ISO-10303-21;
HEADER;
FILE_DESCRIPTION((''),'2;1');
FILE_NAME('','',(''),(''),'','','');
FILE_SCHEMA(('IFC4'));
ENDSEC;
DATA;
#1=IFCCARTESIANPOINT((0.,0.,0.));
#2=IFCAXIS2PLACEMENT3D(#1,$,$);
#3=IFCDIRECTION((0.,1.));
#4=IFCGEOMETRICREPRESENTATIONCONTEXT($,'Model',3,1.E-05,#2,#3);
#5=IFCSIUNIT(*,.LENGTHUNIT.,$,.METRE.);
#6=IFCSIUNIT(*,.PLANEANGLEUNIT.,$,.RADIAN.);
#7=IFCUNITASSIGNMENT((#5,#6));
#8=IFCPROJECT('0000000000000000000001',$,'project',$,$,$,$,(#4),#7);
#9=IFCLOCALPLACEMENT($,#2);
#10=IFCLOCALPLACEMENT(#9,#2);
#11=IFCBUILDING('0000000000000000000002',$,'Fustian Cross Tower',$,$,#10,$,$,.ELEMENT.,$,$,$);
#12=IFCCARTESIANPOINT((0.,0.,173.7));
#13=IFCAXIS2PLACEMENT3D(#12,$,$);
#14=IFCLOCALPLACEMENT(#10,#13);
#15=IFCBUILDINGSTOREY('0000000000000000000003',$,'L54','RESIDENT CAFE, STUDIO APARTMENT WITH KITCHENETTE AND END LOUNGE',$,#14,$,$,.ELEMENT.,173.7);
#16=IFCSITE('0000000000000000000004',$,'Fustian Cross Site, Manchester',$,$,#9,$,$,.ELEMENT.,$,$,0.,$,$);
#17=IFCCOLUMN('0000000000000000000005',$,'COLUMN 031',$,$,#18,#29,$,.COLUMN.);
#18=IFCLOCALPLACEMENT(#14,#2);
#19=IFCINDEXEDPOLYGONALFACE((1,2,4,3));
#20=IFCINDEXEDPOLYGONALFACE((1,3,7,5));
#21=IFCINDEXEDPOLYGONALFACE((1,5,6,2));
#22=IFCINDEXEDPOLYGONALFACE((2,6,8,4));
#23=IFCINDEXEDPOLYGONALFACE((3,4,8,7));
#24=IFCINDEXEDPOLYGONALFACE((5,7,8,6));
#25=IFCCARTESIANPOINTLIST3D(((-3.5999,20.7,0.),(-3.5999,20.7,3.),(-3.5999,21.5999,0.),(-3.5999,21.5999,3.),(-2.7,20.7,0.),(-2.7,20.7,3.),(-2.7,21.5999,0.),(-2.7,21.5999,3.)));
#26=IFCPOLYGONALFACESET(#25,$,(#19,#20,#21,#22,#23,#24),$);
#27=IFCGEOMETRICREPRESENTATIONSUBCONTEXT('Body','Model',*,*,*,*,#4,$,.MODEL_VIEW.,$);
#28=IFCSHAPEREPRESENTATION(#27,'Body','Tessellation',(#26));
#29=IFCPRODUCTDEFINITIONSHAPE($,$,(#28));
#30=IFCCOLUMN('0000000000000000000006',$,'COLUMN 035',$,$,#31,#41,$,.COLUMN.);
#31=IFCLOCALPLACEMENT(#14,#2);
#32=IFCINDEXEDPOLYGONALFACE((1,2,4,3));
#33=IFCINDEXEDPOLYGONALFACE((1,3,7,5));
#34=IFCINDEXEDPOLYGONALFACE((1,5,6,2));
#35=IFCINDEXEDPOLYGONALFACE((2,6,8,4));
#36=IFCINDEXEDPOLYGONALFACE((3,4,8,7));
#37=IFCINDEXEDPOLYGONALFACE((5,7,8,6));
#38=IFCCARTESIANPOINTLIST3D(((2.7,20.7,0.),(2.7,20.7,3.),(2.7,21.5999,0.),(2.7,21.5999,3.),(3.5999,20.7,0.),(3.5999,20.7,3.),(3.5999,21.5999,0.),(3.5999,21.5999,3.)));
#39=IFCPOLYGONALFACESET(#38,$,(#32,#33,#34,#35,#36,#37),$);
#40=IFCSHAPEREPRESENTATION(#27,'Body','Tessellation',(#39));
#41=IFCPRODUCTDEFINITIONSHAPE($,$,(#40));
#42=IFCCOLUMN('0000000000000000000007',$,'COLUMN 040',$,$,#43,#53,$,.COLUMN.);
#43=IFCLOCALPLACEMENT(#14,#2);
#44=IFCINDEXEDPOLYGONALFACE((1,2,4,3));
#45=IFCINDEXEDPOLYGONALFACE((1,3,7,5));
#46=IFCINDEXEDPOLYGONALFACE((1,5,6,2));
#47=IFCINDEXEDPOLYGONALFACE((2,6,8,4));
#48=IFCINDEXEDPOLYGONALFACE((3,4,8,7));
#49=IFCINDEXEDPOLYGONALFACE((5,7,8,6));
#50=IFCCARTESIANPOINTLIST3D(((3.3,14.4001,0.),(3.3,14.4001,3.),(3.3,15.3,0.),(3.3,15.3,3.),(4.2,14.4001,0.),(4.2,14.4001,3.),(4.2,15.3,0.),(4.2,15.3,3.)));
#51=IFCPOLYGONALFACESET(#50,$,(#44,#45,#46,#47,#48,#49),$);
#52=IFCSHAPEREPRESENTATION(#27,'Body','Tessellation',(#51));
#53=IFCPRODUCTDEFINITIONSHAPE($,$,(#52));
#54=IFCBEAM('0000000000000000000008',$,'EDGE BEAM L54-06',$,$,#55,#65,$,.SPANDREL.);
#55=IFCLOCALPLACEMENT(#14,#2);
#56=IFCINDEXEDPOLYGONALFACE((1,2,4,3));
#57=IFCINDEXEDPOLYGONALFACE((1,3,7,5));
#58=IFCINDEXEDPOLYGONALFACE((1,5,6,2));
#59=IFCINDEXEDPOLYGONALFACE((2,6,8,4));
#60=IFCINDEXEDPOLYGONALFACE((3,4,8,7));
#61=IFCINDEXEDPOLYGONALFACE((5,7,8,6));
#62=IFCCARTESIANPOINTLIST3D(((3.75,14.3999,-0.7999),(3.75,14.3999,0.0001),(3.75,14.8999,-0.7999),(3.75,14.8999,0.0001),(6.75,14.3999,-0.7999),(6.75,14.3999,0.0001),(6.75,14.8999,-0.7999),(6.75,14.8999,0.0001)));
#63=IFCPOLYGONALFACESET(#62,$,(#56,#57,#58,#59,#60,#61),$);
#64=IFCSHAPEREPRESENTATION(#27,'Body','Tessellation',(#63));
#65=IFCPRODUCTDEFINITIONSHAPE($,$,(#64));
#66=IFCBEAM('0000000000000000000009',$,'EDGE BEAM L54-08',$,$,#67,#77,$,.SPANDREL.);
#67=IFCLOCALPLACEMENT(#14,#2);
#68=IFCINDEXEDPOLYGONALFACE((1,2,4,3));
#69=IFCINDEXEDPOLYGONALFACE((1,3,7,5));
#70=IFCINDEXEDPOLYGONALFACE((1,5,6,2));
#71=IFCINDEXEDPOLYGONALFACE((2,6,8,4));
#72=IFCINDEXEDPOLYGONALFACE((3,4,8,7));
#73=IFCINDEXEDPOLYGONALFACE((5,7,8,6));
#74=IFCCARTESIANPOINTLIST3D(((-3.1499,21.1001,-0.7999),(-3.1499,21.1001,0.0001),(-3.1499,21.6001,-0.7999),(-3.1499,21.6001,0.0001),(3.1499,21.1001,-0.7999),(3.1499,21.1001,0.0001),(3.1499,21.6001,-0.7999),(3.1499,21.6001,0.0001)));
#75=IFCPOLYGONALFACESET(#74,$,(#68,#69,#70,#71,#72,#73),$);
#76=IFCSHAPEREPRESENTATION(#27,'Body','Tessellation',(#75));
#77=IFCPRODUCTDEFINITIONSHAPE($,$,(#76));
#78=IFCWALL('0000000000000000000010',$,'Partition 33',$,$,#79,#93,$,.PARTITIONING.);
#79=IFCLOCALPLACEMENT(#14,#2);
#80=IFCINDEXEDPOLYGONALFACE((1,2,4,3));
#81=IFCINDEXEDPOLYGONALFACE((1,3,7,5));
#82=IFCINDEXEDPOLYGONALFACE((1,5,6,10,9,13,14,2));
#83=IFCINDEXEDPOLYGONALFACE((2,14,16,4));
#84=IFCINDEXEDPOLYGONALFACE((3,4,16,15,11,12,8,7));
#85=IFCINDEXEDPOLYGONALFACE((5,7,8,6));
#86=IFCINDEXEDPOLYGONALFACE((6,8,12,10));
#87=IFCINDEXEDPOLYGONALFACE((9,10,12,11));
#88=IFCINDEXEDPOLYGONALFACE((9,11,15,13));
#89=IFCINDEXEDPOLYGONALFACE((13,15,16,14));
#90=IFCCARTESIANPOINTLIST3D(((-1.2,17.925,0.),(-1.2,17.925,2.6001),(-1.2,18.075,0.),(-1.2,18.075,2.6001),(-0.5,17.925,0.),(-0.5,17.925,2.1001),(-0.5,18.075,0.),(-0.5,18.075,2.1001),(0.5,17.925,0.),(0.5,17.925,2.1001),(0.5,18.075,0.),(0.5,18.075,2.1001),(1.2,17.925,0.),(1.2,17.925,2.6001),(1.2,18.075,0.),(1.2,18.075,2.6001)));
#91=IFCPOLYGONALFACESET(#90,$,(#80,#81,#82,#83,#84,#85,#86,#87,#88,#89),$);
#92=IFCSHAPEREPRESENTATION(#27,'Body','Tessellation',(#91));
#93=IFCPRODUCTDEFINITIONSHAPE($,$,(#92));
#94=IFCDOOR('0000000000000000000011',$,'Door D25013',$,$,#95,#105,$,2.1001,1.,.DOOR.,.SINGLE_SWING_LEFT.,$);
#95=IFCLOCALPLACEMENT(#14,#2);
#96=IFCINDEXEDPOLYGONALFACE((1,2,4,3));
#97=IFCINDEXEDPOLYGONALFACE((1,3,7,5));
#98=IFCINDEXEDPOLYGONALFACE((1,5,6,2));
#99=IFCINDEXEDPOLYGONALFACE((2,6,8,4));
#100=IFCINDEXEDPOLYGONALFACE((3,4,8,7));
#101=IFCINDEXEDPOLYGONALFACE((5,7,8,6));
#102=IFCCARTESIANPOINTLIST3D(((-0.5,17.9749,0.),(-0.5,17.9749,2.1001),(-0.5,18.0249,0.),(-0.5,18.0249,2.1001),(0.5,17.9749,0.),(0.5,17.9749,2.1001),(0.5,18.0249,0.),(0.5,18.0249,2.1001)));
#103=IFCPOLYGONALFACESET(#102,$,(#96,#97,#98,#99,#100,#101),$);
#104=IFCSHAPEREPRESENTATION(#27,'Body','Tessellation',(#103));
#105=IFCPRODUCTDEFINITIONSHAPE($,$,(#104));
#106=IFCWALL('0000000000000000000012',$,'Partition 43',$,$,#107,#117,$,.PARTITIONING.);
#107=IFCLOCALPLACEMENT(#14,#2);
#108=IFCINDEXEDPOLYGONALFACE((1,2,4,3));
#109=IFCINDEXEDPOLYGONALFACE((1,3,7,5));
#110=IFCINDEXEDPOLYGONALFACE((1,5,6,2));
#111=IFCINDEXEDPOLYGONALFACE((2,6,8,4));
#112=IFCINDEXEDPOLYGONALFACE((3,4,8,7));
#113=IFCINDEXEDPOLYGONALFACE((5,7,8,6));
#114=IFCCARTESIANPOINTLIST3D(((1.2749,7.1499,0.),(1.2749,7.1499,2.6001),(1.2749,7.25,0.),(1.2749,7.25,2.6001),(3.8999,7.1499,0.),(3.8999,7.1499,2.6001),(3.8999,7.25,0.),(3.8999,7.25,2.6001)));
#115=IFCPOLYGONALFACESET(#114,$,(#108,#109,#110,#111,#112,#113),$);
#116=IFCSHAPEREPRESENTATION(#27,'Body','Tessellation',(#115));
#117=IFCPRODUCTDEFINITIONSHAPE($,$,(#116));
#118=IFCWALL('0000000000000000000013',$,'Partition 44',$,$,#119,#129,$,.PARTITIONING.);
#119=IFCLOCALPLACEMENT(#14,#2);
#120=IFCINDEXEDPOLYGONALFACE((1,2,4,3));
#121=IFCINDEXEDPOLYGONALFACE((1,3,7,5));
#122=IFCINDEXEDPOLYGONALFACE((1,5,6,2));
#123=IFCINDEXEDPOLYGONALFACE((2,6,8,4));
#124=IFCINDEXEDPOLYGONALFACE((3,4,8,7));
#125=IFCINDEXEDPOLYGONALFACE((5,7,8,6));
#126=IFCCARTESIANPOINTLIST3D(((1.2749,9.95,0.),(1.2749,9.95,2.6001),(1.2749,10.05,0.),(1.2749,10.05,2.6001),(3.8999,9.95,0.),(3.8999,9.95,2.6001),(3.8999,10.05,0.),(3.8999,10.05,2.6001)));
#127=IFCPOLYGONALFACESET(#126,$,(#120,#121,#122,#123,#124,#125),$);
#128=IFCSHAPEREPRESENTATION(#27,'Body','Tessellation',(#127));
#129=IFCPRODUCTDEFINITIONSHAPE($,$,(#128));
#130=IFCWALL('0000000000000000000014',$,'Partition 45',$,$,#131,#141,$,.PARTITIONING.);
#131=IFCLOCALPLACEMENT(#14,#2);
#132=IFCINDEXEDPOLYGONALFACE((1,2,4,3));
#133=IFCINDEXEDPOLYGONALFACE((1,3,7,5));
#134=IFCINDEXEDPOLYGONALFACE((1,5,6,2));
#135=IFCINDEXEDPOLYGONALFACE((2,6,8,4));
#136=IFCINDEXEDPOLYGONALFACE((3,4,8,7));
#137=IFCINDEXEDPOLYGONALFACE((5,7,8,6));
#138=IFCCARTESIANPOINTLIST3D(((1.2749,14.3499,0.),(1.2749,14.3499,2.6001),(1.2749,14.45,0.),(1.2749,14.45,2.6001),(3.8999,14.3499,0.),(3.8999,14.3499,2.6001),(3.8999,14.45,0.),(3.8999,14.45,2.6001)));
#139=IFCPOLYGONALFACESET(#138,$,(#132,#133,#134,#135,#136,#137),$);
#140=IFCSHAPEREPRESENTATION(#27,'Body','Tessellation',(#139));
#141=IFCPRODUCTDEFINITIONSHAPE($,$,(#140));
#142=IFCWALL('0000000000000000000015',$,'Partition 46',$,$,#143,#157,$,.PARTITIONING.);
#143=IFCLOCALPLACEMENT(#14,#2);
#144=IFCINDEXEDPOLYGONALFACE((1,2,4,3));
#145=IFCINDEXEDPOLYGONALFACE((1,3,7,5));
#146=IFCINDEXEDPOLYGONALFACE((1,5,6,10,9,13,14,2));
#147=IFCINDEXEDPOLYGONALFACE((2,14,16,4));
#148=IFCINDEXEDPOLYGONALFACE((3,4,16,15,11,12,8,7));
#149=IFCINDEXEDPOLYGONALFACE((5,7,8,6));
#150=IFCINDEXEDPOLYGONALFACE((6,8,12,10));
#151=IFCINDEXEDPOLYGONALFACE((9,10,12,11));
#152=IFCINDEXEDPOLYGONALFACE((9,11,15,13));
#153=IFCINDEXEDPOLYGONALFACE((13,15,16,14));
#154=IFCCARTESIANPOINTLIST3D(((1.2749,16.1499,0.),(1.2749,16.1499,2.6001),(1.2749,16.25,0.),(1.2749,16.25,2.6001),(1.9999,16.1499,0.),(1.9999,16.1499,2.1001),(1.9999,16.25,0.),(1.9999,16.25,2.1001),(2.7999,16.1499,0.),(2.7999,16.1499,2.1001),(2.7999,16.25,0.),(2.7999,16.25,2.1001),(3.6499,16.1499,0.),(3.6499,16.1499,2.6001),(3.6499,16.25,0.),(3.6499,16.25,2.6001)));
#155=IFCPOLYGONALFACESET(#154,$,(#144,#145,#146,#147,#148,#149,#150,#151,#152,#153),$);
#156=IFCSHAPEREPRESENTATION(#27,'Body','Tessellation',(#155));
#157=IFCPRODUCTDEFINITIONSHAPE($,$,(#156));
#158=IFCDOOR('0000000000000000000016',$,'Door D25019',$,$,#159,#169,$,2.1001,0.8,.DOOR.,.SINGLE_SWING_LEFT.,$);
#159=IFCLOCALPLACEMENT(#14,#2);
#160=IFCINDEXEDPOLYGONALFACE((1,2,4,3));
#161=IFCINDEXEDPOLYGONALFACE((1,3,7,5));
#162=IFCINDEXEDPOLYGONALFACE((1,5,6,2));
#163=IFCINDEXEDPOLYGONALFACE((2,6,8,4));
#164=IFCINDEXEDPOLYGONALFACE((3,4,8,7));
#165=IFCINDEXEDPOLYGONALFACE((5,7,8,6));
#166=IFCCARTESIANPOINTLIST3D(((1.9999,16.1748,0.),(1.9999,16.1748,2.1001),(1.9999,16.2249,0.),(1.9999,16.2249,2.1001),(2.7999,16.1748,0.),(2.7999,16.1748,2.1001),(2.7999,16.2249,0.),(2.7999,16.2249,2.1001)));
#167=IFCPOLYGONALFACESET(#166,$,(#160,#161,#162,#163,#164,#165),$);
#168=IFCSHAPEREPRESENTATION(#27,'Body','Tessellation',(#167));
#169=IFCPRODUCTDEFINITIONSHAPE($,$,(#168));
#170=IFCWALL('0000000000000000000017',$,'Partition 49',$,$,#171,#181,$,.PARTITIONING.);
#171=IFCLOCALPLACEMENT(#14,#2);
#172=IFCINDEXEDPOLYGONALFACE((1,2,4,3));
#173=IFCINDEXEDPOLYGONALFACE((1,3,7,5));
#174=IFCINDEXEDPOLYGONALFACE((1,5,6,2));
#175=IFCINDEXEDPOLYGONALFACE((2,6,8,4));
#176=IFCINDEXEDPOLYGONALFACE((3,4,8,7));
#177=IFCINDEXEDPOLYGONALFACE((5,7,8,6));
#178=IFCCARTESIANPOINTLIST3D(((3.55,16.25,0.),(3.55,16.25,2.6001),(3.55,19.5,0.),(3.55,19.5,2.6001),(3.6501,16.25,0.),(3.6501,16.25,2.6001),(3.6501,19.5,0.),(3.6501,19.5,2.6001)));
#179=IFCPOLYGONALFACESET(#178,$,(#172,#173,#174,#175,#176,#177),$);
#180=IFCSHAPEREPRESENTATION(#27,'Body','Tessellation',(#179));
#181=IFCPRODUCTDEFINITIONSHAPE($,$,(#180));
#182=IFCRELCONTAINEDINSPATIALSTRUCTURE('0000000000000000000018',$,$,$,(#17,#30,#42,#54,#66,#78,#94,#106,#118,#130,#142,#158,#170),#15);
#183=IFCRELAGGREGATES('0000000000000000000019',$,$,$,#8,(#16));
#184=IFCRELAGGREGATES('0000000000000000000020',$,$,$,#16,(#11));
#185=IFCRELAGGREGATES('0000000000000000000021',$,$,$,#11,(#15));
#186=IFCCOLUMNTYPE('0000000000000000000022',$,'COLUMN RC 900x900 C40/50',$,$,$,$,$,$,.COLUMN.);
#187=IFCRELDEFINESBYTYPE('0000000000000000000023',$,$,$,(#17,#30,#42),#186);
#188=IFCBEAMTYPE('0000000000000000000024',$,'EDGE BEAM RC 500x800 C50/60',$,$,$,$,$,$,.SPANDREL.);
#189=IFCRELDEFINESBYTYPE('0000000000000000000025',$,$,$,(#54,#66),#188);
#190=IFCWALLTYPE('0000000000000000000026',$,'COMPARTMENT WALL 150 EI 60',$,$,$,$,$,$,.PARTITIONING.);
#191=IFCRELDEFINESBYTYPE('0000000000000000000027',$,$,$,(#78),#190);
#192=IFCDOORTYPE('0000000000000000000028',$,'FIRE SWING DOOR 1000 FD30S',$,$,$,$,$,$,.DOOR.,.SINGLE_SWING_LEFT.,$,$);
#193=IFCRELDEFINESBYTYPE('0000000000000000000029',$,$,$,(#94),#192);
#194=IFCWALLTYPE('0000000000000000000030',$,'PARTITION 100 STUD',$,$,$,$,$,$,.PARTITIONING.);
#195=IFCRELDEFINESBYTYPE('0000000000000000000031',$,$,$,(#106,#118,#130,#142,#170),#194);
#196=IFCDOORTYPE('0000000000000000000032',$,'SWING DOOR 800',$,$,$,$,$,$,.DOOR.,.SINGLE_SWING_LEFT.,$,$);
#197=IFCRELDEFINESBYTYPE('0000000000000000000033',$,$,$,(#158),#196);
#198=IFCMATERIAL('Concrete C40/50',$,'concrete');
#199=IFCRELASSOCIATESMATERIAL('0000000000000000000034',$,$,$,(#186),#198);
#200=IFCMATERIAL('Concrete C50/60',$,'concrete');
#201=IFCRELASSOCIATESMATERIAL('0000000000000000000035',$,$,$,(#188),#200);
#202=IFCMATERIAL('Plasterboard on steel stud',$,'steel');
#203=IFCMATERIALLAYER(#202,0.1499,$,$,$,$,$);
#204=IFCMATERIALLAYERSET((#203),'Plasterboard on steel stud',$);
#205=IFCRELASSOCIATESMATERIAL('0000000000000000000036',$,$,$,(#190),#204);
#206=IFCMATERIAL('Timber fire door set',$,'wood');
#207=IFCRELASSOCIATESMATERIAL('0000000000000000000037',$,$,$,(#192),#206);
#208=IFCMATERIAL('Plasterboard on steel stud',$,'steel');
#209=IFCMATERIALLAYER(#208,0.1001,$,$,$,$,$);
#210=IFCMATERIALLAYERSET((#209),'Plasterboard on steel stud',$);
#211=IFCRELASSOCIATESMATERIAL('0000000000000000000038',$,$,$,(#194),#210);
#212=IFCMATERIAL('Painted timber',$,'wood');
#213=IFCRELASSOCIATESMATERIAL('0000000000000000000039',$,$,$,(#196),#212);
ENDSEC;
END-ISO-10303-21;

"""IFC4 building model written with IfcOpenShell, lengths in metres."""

from ifc_helpers import new_model, si_unit, direction, frame, frame_2d, origin, origin_2d, place, context, subcontext, project, spatial, rectangle, extrude, material, layer, layer_set, material_profile, profile_set, type_object, element, fill, save


model = new_model("IFC4")

# Units and contexts
model_context = context("Model", 3, precision=1e-05, world=origin(), true_north=direction((0.0, 1.0)))
body_context = subcontext(model_context, "Body", "Model", "MODEL_VIEW")
ifc_project = project(units=[si_unit("LENGTHUNIT", "METRE"), si_unit("PLANEANGLEUNIT", "RADIAN")], contexts=[model_context])

# Site, building, storey
site_placement = place(None, origin())
site = spatial("IfcSite", under=ifc_project, at=site_placement, Name="Fustian Cross Site, Manchester", CompositionType="ELEMENT", RefElevation=0.0)
building_placement = place(site_placement, origin())
building = spatial("IfcBuilding", under=site, at=building_placement, Name="Fustian Cross Tower", CompositionType="ELEMENT")
storey_placement = place(building_placement, frame((0.0, 0.0, 173.7)))
storey = spatial("IfcBuildingStorey", under=building, at=storey_placement, Name="L54", Description="RESIDENT CAFE, STUDIO APARTMENT WITH KITCHENETTE AND END LOUNGE", CompositionType="ELEMENT", Elevation=173.7)

# Columns
ifc_material_1 = material(Name="Concrete C40/50", Category="concrete")
ifc_material_profile_1 = material_profile(ifc_material_1, rectangle(XDim=0.8999, YDim=0.8999, at=origin_2d()), Name="RC 900x900")
ifc_profile_set_1 = profile_set([ifc_material_profile_1], Name="Concrete C40/50")
column_type = type_object("IfcColumnType", Name="COLUMN RC 900x900 C40/50", PredefinedType="COLUMN", material=ifc_profile_set_1)
for number, where, z_axis, x_axis, name in (
    (1, (-3.1499, 21.1499, 0.0), (0.0, 0.0, 1.0), (1.0, 0.0, 0.0), "COLUMN 031"),
    (2, (3.1499, 21.1499, 0.0), (0.0, 0.0, 1.0), (1.0, 0.0, 0.0), "COLUMN 035"),
    (3, (3.75, 14.8501, 0.0), (0.0, 0.0, 1.0), (1.0, 0.0, 0.0), "COLUMN 040"),
):
    element("IfcColumn", number, at=place(storey_placement, frame(where, z_axis=z_axis, x_axis=x_axis)), inside=storey, type_object=column_type, Name=name, PredefinedType="COLUMN", context=body_context, shape_type="SweptSolid", body=[
        extrude(rectangle(XDim=0.8999, YDim=0.8999, at=origin_2d()), origin(), (0.0, 0.0, 1.0), 3.0),
    ])

# Beams
ifc_material_2 = material(Name="Concrete C50/60", Category="concrete")
ifc_material_profile_2 = material_profile(ifc_material_2, rectangle(XDim=0.5, YDim=0.8, at=origin_2d()), Name="RC 500x800")
ifc_profile_set_2 = profile_set([ifc_material_profile_2], Name="Concrete C50/60")
beam_type = type_object("IfcBeamType", Name="EDGE BEAM RC 500x800 C50/60", PredefinedType="SPANDREL", material=ifc_profile_set_2)
beam_1_placement = place(storey_placement, frame((3.75, 14.6499, -0.3999), z_axis=(1.0, 0.0, 0.0), x_axis=(0.0, 1.0, 0.0)))
element("IfcBeam", 4, at=beam_1_placement, inside=storey, type_object=beam_type, Name="EDGE BEAM L54-06", PredefinedType="SPANDREL", context=body_context, shape_type="SweptSolid", body=[
    extrude(rectangle(XDim=0.5, YDim=0.8, at=origin_2d()), origin(), (0.0, 0.0, 1.0), 3.0),
])
beam_2_placement = place(storey_placement, frame((3.1499, 21.3501, -0.3999), z_axis=(-1.0, 0.0, 0.0), x_axis=(0.0, -1.0, 0.0)))
element("IfcBeam", 5, at=beam_2_placement, inside=storey, type_object=beam_type, Name="EDGE BEAM L54-08", PredefinedType="SPANDREL", context=body_context, shape_type="SweptSolid", body=[
    extrude(rectangle(XDim=0.5, YDim=0.8, at=origin_2d()), origin(), (0.0, 0.0, 1.0), 6.2998),
])

# Wall, opening, door
ifc_material_3 = material(Name="Plasterboard on steel stud", Category="steel")
ifc_layer_1 = layer(ifc_material_3, 0.1499)
ifc_layer_set_1 = layer_set([ifc_layer_1], Name="Plasterboard on steel stud")
wall_type_1 = type_object("IfcWallType", Name="COMPARTMENT WALL 150 EI 60", PredefinedType="PARTITIONING", material=ifc_layer_set_1)
wall_1_placement = place(storey_placement, frame((-1.2, 18.0, 0.0), z_axis=(0.0, 0.0, 1.0), x_axis=(1.0, 0.0, 0.0)))
wall_1 = element("IfcWall", 6, at=wall_1_placement, inside=storey, type_object=wall_type_1, Name="Partition 33", PredefinedType="PARTITIONING", context=body_context, shape_type="SweptSolid", body=[
    extrude(rectangle(XDim=2.3999, YDim=0.1499, at=frame_2d((1.2, 0.0))), origin(), (0.0, 0.0, 1.0), 2.6001),
])
opening_1_placement = place(wall_1_placement, frame((0.7, 0.0, 0.0)))
opening_1 = element("IfcOpeningElement", 7, at=opening_1_placement, cuts=wall_1, PredefinedType="OPENING", context=body_context, shape_type="SweptSolid", body=[
    extrude(rectangle(XDim=1.0, YDim=2.1001, at=frame_2d((0.5, 1.05))), frame((0.0, 0.085, 0.0), z_axis=(0.0, -1.0, 0.0), x_axis=(1.0, 0.0, 0.0)), (0.0, 0.0, 1.0), 0.1699),
])
ifc_material_4 = material(Name="Timber fire door set", Category="wood")
door_type_1 = type_object("IfcDoorType", Name="FIRE SWING DOOR 1000 FD30S", OperationType="SINGLE_SWING_LEFT", PredefinedType="DOOR", material=ifc_material_4)
door_1_placement = place(opening_1_placement, origin())
door_1 = element("IfcDoor", 8, at=door_1_placement, inside=storey, type_object=door_type_1, Name="Door D25013", OperationType="SINGLE_SWING_LEFT", OverallHeight=2.1001, OverallWidth=1.0, PredefinedType="DOOR", context=body_context, shape_type="SweptSolid", body=[
    extrude(rectangle(XDim=1.0, YDim=2.1001, at=frame_2d((0.5, 1.05))), frame((0.0, 0.0249, 0.0), z_axis=(0.0, -1.0, 0.0), x_axis=(1.0, 0.0, 0.0)), (0.0, 0.0, 1.0), 0.05),
])
fill(opening_1, door_1)

# Walls
ifc_material_5 = material(Name="Plasterboard on steel stud", Category="steel")
ifc_layer_2 = layer(ifc_material_5, 0.1001)
ifc_layer_set_2 = layer_set([ifc_layer_2], Name="Plasterboard on steel stud")
wall_type_2 = type_object("IfcWallType", Name="PARTITION 100 STUD", PredefinedType="PARTITIONING", material=ifc_layer_set_2)
for number, where, z_axis, x_axis, name in (
    (9, (1.2749, 7.2, 0.0), (0.0, 0.0, 1.0), (1.0, 0.0, 0.0), "Partition 43"),
    (10, (1.2749, 10.0, 0.0), (0.0, 0.0, 1.0), (1.0, 0.0, 0.0), "Partition 44"),
    (11, (1.2749, 14.3999, 0.0), (0.0, 0.0, 1.0), (1.0, 0.0, 0.0), "Partition 45"),
):
    element("IfcWall", number, at=place(storey_placement, frame(where, z_axis=z_axis, x_axis=x_axis)), inside=storey, type_object=wall_type_2, Name=name, PredefinedType="PARTITIONING", context=body_context, shape_type="SweptSolid", body=[
        extrude(rectangle(XDim=2.625, YDim=0.1001, at=frame_2d((1.3125, 0.0))), origin(), (0.0, 0.0, 1.0), 2.6001),
    ])

# Wall, opening, door
wall_2_placement = place(storey_placement, frame((1.2749, 16.2, 0.0), z_axis=(0.0, 0.0, 1.0), x_axis=(1.0, 0.0, 0.0)))
wall_2 = element("IfcWall", 12, at=wall_2_placement, inside=storey, type_object=wall_type_2, Name="Partition 46", PredefinedType="PARTITIONING", context=body_context, shape_type="SweptSolid", body=[
    extrude(rectangle(XDim=2.375, YDim=0.1001, at=frame_2d((1.1875, 0.0))), origin(), (0.0, 0.0, 1.0), 2.6001),
])
opening_2_placement = place(wall_2_placement, frame((0.7251, 0.0, 0.0)))
opening_2 = element("IfcOpeningElement", 13, at=opening_2_placement, cuts=wall_2, PredefinedType="OPENING", context=body_context, shape_type="SweptSolid", body=[
    extrude(rectangle(XDim=0.8, YDim=2.1001, at=frame_2d((0.3999, 1.05))), frame((0.0, 0.0601, 0.0), z_axis=(0.0, -1.0, 0.0), x_axis=(1.0, 0.0, 0.0)), (0.0, 0.0, 1.0), 0.1201),
])
ifc_material_6 = material(Name="Painted timber", Category="wood")
door_type_2 = type_object("IfcDoorType", Name="SWING DOOR 800", OperationType="SINGLE_SWING_LEFT", PredefinedType="DOOR", material=ifc_material_6)
door_2_placement = place(opening_2_placement, origin())
door_2 = element("IfcDoor", 14, at=door_2_placement, inside=storey, type_object=door_type_2, Name="Door D25019", OperationType="SINGLE_SWING_LEFT", OverallHeight=2.1001, OverallWidth=0.8, PredefinedType="DOOR", context=body_context, shape_type="SweptSolid", body=[
    extrude(rectangle(XDim=0.8, YDim=2.1001, at=frame_2d((0.3999, 1.05))), frame((0.0, 0.0249, 0.0), z_axis=(0.0, -1.0, 0.0), x_axis=(1.0, 0.0, 0.0)), (0.0, 0.0, 1.0), 0.05),
])
fill(opening_2, door_2)

# Wall
wall_3_placement = place(storey_placement, frame((3.6001, 16.25, 0.0), z_axis=(0.0, 0.0, 1.0), x_axis=(0.0, 1.0, 0.0)))
element("IfcWall", 15, at=wall_3_placement, inside=storey, type_object=wall_type_2, Name="Partition 49", PredefinedType="PARTITIONING", context=body_context, shape_type="SweptSolid", body=[
    extrude(rectangle(XDim=3.25, YDim=0.1001, at=frame_2d((1.625, 0.0))), origin(), (0.0, 0.0, 1.0), 2.6001),
])

save(model, "model.ifc")
